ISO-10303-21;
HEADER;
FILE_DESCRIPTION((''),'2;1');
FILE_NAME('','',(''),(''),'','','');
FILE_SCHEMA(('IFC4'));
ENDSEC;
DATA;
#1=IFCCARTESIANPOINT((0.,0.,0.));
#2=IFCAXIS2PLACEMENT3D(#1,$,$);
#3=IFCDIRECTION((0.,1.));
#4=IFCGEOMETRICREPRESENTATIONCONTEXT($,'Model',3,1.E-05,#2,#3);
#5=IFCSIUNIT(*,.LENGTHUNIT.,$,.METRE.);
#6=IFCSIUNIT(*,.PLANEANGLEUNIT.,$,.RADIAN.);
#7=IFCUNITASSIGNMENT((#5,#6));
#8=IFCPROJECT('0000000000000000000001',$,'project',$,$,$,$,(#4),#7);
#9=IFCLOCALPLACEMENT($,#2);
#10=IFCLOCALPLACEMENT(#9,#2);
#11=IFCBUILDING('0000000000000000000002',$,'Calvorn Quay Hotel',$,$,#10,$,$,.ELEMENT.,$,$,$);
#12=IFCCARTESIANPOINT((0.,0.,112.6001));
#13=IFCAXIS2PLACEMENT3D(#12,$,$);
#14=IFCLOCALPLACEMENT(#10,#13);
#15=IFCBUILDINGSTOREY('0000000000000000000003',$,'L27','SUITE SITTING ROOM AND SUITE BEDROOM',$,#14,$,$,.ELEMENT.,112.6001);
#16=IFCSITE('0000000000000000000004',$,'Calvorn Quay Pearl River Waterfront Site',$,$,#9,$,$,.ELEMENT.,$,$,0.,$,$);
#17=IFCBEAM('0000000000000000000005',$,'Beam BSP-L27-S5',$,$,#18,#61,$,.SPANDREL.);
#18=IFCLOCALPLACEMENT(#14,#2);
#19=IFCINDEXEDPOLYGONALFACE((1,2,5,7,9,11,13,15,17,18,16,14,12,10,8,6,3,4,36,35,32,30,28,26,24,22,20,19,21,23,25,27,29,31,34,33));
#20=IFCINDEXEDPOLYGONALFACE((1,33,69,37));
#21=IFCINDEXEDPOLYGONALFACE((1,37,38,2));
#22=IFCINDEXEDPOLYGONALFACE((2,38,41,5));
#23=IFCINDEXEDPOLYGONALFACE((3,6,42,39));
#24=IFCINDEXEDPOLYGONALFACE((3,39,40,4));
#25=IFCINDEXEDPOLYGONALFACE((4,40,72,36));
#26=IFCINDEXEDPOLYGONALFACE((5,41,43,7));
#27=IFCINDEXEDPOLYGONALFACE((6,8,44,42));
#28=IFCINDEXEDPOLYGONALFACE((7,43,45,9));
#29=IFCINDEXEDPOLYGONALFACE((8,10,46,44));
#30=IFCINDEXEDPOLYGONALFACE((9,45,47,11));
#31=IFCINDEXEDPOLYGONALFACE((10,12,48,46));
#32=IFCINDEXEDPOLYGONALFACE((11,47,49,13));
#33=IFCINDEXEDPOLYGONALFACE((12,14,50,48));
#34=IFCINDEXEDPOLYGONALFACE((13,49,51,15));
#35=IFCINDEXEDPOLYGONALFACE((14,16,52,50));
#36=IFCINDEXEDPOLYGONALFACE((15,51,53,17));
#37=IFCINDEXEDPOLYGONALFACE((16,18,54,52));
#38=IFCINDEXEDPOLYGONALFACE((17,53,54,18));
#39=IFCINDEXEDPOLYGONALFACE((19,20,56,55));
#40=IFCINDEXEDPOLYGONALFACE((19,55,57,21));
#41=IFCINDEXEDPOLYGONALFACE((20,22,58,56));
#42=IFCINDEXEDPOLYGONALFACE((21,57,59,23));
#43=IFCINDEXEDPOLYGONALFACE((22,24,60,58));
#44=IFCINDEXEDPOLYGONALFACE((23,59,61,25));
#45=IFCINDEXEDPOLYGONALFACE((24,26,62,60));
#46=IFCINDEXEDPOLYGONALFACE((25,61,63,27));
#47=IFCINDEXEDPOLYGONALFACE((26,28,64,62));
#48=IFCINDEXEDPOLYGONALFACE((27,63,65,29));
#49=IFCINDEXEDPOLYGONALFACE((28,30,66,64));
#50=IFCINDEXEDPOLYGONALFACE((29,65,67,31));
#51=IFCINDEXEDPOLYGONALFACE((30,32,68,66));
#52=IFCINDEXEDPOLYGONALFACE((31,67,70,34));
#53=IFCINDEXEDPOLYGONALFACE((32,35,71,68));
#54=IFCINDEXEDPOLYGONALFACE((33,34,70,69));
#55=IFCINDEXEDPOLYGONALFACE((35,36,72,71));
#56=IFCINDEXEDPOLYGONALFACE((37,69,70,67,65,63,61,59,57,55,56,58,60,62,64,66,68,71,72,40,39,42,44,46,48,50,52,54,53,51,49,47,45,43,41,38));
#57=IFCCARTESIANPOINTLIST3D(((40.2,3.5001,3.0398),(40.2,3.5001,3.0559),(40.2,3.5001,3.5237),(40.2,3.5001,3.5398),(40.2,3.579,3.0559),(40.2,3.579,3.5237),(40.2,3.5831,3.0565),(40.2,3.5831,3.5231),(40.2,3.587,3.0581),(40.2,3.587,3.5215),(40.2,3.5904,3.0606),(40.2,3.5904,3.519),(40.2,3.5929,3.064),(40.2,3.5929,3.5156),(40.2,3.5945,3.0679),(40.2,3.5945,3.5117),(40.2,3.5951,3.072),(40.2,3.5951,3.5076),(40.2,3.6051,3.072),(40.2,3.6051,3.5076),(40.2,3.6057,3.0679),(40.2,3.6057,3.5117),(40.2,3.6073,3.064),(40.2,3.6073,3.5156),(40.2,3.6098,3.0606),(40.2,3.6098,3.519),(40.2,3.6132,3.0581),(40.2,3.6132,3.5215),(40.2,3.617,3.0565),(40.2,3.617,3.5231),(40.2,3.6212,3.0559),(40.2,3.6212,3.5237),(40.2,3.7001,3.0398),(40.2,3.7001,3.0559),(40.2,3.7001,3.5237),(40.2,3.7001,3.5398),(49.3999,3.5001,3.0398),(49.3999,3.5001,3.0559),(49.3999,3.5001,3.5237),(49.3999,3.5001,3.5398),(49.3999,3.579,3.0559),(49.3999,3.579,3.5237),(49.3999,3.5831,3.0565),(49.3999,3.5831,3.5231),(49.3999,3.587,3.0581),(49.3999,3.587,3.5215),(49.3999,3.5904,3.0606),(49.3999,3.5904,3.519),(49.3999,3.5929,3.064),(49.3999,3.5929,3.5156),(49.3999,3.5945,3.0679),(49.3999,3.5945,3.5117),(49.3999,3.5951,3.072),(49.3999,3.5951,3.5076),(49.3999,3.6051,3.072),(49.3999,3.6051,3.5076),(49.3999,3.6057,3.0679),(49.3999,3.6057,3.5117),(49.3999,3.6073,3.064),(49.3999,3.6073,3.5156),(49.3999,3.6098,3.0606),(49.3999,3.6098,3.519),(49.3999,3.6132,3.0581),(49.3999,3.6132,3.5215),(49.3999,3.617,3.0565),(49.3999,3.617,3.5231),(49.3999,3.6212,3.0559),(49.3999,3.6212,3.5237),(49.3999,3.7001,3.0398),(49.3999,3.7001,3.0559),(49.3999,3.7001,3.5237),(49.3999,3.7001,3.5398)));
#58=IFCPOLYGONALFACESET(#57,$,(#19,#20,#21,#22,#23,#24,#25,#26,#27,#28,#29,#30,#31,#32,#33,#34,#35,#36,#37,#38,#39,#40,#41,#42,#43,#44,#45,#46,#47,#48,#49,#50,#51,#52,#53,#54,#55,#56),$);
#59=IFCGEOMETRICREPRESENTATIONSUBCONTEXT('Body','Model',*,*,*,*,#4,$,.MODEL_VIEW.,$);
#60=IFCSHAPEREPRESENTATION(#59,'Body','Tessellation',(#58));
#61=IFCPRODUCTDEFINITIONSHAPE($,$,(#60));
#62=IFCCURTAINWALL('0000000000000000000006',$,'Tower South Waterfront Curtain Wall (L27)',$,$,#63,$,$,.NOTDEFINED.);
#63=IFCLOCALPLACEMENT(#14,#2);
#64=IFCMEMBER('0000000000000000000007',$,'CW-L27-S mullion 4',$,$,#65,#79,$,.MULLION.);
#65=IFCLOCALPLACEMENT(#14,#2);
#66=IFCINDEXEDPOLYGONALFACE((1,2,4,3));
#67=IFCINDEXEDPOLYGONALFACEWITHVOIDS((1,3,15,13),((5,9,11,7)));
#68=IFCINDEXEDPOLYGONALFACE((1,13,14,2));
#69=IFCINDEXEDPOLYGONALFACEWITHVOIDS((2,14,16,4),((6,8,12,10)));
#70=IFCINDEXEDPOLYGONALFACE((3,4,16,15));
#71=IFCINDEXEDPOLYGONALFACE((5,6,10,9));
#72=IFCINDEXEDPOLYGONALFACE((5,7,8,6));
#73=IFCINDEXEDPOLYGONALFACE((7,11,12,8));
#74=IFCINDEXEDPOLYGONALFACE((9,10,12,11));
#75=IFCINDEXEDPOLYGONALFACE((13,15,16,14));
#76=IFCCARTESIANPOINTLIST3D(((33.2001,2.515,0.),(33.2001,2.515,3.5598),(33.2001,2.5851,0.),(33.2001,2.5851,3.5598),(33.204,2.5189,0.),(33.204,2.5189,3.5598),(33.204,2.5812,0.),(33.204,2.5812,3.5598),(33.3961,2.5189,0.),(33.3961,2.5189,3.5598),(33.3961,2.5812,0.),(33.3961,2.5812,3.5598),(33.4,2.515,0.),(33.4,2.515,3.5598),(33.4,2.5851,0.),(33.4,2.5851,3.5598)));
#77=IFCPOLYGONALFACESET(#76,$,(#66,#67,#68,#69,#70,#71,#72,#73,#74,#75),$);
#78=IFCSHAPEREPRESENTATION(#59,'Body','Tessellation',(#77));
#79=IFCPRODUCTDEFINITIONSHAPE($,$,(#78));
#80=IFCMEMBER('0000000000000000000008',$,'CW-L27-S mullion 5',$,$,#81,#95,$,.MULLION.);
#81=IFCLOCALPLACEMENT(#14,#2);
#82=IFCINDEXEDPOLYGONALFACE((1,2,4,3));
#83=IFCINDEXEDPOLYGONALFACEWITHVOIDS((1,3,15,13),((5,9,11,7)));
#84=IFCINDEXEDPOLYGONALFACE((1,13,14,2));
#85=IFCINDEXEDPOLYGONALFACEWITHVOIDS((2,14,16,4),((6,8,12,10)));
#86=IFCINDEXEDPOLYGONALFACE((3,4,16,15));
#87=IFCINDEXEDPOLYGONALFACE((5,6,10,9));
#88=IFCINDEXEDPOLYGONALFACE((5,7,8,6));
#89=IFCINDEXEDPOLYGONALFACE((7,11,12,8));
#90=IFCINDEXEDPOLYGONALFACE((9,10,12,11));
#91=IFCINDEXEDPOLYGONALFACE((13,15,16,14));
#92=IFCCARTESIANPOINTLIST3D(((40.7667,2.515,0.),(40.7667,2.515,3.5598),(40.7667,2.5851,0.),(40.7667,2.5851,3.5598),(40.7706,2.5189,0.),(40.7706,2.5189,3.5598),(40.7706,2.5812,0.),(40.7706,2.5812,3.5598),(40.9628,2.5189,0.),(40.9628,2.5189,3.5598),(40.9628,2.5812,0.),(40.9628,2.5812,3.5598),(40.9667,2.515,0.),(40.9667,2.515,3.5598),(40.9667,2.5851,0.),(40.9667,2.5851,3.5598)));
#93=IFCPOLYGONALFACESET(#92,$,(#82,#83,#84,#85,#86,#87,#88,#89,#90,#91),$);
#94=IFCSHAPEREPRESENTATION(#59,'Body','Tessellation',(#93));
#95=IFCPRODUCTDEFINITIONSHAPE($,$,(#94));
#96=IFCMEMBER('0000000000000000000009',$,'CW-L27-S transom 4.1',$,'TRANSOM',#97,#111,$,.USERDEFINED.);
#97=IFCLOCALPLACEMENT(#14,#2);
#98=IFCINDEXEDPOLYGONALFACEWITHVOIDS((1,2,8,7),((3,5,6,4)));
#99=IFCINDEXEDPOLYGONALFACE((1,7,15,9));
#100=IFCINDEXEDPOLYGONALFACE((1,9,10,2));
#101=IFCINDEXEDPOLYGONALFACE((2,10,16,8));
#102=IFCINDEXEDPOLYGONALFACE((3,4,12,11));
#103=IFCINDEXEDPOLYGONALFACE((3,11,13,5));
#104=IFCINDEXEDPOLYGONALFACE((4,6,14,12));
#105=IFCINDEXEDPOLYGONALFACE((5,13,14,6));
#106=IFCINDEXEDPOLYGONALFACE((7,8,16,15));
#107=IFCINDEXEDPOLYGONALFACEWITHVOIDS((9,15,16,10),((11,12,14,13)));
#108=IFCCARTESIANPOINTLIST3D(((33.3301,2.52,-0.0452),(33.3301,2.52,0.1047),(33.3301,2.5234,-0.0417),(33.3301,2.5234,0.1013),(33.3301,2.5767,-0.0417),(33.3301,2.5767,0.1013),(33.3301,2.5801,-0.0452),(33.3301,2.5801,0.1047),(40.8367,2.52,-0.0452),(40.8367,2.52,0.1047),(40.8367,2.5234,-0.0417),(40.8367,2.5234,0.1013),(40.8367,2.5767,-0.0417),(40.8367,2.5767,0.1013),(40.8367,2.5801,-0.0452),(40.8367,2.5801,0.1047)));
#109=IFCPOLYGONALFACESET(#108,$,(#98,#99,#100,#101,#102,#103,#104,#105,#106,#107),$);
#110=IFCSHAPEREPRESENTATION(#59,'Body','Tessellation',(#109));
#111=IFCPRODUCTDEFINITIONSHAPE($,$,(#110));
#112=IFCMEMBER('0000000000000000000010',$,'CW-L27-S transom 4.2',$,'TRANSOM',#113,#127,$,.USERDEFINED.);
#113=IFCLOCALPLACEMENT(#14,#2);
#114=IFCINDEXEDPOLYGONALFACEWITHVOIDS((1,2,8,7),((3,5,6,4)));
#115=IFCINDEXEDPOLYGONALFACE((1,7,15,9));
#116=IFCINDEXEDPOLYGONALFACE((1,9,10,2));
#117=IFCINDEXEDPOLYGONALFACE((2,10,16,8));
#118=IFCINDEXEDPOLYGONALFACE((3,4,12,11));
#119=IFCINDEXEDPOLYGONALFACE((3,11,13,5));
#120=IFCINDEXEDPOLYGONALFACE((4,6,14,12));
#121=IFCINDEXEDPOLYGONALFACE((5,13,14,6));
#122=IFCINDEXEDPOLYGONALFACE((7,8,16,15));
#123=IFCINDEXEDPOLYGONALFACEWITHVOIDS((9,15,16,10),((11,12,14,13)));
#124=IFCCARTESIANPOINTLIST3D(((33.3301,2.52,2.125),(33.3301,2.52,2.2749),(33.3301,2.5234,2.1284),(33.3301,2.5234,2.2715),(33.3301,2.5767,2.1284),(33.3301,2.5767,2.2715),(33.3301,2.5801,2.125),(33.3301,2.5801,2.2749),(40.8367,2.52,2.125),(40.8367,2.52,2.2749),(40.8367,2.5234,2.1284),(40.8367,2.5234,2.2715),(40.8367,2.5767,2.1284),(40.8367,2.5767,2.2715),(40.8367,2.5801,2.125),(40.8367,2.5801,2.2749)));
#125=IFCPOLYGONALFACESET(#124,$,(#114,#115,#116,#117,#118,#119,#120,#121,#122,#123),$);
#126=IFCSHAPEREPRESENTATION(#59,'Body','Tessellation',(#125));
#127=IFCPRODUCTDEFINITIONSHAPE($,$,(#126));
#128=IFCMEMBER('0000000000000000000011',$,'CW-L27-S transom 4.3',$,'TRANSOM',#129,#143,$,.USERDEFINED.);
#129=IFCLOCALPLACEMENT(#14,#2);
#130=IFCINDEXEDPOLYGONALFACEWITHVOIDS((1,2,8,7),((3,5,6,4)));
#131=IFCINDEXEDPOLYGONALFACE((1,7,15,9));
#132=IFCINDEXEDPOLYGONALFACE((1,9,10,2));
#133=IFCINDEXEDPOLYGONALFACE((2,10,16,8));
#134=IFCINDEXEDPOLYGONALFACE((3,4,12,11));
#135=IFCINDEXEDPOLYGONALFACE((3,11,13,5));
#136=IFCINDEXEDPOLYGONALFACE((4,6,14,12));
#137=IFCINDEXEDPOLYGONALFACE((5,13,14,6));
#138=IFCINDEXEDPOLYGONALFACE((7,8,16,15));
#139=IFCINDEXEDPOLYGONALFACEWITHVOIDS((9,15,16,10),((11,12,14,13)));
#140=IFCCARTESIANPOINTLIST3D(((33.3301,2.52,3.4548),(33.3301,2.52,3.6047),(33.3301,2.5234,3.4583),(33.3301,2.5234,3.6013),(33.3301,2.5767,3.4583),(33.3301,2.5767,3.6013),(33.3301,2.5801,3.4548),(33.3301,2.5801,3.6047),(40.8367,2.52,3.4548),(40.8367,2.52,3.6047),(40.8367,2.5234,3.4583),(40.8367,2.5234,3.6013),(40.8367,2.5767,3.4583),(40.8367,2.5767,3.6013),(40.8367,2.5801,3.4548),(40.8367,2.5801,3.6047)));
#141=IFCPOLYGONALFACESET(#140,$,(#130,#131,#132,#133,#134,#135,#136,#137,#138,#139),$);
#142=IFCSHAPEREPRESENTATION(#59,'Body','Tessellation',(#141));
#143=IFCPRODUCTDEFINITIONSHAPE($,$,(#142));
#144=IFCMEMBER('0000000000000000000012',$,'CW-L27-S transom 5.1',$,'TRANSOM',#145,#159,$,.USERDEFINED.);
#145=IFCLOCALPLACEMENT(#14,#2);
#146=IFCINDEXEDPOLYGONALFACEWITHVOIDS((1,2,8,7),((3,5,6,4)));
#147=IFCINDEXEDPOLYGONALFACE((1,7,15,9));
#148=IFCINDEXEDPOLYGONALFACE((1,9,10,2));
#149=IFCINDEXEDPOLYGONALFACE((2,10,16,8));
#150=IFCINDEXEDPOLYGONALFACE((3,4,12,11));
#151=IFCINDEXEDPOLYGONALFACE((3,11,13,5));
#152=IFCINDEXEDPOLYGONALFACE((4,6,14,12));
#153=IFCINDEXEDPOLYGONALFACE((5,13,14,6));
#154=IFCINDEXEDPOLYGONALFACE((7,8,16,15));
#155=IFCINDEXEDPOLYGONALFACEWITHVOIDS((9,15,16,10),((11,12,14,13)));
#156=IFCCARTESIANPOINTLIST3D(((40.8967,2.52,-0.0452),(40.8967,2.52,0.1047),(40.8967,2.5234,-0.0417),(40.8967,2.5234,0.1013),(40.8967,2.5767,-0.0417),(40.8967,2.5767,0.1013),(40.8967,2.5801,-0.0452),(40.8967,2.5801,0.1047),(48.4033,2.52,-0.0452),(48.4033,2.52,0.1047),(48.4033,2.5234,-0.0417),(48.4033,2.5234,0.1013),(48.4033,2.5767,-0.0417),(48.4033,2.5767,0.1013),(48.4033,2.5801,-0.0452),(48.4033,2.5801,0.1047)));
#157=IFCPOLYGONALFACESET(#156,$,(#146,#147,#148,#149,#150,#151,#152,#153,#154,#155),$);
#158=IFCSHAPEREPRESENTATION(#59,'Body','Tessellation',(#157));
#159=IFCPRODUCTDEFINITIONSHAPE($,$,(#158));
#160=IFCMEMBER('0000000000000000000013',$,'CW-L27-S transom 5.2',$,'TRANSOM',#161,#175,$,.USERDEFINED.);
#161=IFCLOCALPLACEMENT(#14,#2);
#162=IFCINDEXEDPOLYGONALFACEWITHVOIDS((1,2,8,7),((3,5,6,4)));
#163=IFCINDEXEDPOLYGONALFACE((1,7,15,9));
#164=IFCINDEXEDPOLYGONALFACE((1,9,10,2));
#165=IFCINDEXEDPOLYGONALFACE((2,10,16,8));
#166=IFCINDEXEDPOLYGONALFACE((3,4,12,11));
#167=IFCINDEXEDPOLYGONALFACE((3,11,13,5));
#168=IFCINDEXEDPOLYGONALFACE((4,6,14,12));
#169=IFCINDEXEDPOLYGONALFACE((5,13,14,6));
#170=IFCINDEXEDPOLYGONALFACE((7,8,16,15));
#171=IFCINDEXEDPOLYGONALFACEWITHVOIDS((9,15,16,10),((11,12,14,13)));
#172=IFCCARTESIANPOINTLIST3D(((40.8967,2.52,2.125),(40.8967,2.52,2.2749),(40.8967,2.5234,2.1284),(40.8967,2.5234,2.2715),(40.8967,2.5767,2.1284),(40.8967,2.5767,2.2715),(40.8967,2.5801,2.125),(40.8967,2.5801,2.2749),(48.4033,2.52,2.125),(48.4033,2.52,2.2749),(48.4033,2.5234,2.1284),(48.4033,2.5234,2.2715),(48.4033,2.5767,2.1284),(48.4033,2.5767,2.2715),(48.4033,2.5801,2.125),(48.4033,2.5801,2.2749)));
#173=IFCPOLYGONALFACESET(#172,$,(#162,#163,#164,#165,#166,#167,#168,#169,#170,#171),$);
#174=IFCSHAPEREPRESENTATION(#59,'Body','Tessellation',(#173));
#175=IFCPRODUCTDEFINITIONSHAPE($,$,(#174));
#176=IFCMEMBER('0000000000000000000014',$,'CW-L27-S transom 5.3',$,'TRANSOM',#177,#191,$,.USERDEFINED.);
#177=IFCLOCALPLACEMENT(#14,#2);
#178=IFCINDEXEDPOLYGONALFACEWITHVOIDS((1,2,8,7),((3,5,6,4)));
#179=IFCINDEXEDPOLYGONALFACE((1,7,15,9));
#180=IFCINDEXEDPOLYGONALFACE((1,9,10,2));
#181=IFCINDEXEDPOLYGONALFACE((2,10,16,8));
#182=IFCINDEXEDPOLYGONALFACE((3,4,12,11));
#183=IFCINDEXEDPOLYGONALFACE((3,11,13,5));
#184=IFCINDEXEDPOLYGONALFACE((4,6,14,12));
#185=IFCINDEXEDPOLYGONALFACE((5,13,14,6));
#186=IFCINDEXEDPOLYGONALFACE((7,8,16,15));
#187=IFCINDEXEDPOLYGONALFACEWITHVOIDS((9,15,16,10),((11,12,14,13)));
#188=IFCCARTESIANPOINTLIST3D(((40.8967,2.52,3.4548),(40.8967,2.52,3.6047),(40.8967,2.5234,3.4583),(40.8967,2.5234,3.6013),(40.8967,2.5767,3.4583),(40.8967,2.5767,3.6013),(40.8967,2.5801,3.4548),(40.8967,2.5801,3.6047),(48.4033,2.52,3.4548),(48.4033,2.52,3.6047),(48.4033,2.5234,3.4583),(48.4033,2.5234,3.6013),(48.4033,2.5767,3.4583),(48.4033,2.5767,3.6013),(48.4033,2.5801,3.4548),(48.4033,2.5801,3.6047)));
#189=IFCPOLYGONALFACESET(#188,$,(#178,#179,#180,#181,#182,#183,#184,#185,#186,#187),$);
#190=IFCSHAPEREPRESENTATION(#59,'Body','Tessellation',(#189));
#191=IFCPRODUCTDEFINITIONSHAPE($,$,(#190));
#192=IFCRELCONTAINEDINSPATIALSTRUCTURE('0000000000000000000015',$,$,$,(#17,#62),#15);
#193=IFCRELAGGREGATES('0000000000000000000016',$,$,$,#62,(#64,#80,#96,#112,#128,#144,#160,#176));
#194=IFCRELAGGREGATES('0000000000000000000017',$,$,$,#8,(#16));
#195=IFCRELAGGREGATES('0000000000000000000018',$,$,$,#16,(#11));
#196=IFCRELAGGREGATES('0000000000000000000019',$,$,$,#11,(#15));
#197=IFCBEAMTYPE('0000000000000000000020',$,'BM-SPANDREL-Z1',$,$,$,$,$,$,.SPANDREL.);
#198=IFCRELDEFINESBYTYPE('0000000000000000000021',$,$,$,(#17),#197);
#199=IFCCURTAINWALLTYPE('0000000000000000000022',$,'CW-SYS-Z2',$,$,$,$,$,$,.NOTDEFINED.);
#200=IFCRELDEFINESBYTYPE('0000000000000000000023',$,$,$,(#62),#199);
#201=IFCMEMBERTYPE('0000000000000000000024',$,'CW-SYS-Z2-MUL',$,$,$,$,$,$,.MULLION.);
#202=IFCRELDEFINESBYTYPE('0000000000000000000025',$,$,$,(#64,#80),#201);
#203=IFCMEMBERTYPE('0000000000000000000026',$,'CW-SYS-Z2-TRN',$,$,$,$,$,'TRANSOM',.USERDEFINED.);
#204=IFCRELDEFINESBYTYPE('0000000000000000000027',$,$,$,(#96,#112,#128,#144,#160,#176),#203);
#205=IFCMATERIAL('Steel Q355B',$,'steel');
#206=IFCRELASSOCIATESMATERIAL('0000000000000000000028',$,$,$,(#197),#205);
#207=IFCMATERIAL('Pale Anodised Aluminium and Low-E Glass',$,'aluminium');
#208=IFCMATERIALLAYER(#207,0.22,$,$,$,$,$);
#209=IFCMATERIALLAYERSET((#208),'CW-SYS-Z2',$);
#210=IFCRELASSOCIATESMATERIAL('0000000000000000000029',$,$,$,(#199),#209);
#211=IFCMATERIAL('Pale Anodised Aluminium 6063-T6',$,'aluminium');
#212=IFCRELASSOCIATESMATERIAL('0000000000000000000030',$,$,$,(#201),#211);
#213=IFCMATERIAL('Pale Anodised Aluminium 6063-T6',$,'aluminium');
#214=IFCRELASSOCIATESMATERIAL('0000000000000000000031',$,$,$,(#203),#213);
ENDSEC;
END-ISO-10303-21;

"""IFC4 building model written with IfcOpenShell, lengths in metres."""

from ifc_helpers import new_model, si_unit, direction, frame, origin, origin_2d, place, context, subcontext, project, spatial, hollow_rectangle, i_section, extrude, material, layer, layer_set, material_profile, profile_set, type_object, element, aggregate, save


model = new_model("IFC4")

# Units and contexts
model_context = context("Model", 3, precision=1e-05, world=origin(), true_north=direction((0.0, 1.0)))
body_context = subcontext(model_context, "Body", "Model", "MODEL_VIEW")
ifc_project = project(units=[si_unit("LENGTHUNIT", "METRE"), si_unit("PLANEANGLEUNIT", "RADIAN")], contexts=[model_context])

# Site, building, storey
site_placement = place(None, origin())
site = spatial("IfcSite", under=ifc_project, at=site_placement, Name="Calvorn Quay Pearl River Waterfront Site", CompositionType="ELEMENT", RefElevation=0.0)
building_placement = place(site_placement, origin())
building = spatial("IfcBuilding", under=site, at=building_placement, Name="Calvorn Quay Hotel", CompositionType="ELEMENT")
storey_placement = place(building_placement, frame((0.0, 0.0, 112.6001)))
storey = spatial("IfcBuildingStorey", under=building, at=storey_placement, Name="L27", Description="SUITE SITTING ROOM AND SUITE BEDROOM", CompositionType="ELEMENT", Elevation=112.6001)

# Beam
ifc_material_1 = material(Name="Steel Q355B", Category="steel")
ifc_material_profile_1 = material_profile(ifc_material_1, i_section(OverallWidth=0.2, OverallDepth=0.5, WebThickness=0.01, FlangeThickness=0.0161, FilletRadius=0.0161, at=origin_2d()), Name="HN500x200x10x16")
ifc_profile_set_1 = profile_set([ifc_material_profile_1], Name="Steel Q355B")
beam_type_1 = type_object("IfcBeamType", Name="BM-SPANDREL-Z1", PredefinedType="SPANDREL", material=ifc_profile_set_1)
beam_1_placement = place(storey_placement, frame((40.2, 3.6001, 3.2898), z_axis=(1.0, 0.0, 0.0), x_axis=(0.0, 1.0, 0.0)))
element("IfcBeam", 1, at=beam_1_placement, inside=storey, type_object=beam_type_1, Name="Beam BSP-L27-S5", PredefinedType="SPANDREL", context=body_context, shape_type="SweptSolid", body=[
    extrude(i_section(OverallWidth=0.2, OverallDepth=0.5, WebThickness=0.01, FlangeThickness=0.0161, FilletRadius=0.0161, at=origin_2d()), origin(), (0.0, 0.0, 1.0), 9.2),
])

# Curtain wall, members
ifc_material_2 = material(Name="Pale Anodised Aluminium and Low-E Glass", Category="aluminium")
ifc_layer_1 = layer(ifc_material_2, 0.22)
ifc_layer_set_1 = layer_set([ifc_layer_1], Name="CW-SYS-Z2")
curtain_wall_type = type_object("IfcCurtainWallType", Name="CW-SYS-Z2", PredefinedType="NOTDEFINED", material=ifc_layer_set_1)
curtain_wall_placement = place(storey_placement, origin())
curtain_wall = element("IfcCurtainWall", 2, at=curtain_wall_placement, inside=storey, type_object=curtain_wall_type, Name="Tower South Waterfront Curtain Wall (L27)", PredefinedType="NOTDEFINED")
ifc_material_3 = material(Name="Pale Anodised Aluminium 6063-T6", Category="aluminium")
ifc_material_profile_2 = material_profile(ifc_material_3, hollow_rectangle(XDim=0.0701, YDim=0.2, WallThickness=0.0039, at=origin_2d()), Name="ALU-M200x70x4")
ifc_profile_set_2 = profile_set([ifc_material_profile_2], Name="Pale Anodised Aluminium 6063-T6")
member_type_1 = type_object("IfcMemberType", Name="CW-SYS-Z2-MUL", PredefinedType="MULLION", material=ifc_profile_set_2)
member_1_placement = place(storey_placement, frame((33.3, 2.55, 0.0), z_axis=(0.0, 0.0, 1.0), x_axis=(0.0, 1.0, 0.0)))
member_1 = element("IfcMember", 3, at=member_1_placement, type_object=member_type_1, Name="CW-L27-S mullion 4", PredefinedType="MULLION", context=body_context, shape_type="SweptSolid", body=[
    extrude(hollow_rectangle(XDim=0.0701, YDim=0.2, WallThickness=0.0039, at=origin_2d()), origin(), (0.0, 0.0, 1.0), 3.5598),
])
member_2_placement = place(storey_placement, frame((40.8667, 2.55, 0.0), z_axis=(0.0, 0.0, 1.0), x_axis=(0.0, 1.0, 0.0)))
member_2 = element("IfcMember", 4, at=member_2_placement, type_object=member_type_1, Name="CW-L27-S mullion 5", PredefinedType="MULLION", context=body_context, shape_type="SweptSolid", body=[
    extrude(hollow_rectangle(XDim=0.0701, YDim=0.2, WallThickness=0.0039, at=origin_2d()), origin(), (0.0, 0.0, 1.0), 3.5598),
])
ifc_material_4 = material(Name="Pale Anodised Aluminium 6063-T6", Category="aluminium")
ifc_material_profile_3 = material_profile(ifc_material_4, hollow_rectangle(XDim=0.0601, YDim=0.1499, WallThickness=0.0034, at=origin_2d()), Name="ALU-T150x60x3.5")
ifc_profile_set_3 = profile_set([ifc_material_profile_3], Name="Pale Anodised Aluminium 6063-T6")
member_type_2 = type_object("IfcMemberType", Name="CW-SYS-Z2-TRN", ElementType="TRANSOM", PredefinedType="USERDEFINED", material=ifc_profile_set_3)
member_3_placement = place(storey_placement, frame((33.3301, 2.55, 0.0298), z_axis=(1.0, 0.0, 0.0), x_axis=(0.0, 1.0, 0.0)))
member_3 = element("IfcMember", 5, at=member_3_placement, type_object=member_type_2, Name="CW-L27-S transom 4.1", ObjectType="TRANSOM", PredefinedType="USERDEFINED", context=body_context, shape_type="SweptSolid", body=[
    extrude(hollow_rectangle(XDim=0.0601, YDim=0.1499, WallThickness=0.0034, at=origin_2d()), origin(), (0.0, 0.0, 1.0), 7.5066),
])
member_4_placement = place(storey_placement, frame((33.3301, 2.55, 2.2), z_axis=(1.0, 0.0, 0.0), x_axis=(0.0, 1.0, 0.0)))
member_4 = element("IfcMember", 6, at=member_4_placement, type_object=member_type_2, Name="CW-L27-S transom 4.2", ObjectType="TRANSOM", PredefinedType="USERDEFINED", context=body_context, shape_type="SweptSolid", body=[
    extrude(hollow_rectangle(XDim=0.0601, YDim=0.1499, WallThickness=0.0034, at=origin_2d()), origin(), (0.0, 0.0, 1.0), 7.5066),
])
member_5_placement = place(storey_placement, frame((33.3301, 2.55, 3.5298), z_axis=(1.0, 0.0, 0.0), x_axis=(0.0, 1.0, 0.0)))
member_5 = element("IfcMember", 7, at=member_5_placement, type_object=member_type_2, Name="CW-L27-S transom 4.3", ObjectType="TRANSOM", PredefinedType="USERDEFINED", context=body_context, shape_type="SweptSolid", body=[
    extrude(hollow_rectangle(XDim=0.0601, YDim=0.1499, WallThickness=0.0034, at=origin_2d()), origin(), (0.0, 0.0, 1.0), 7.5066),
])
member_6_placement = place(storey_placement, frame((40.8967, 2.55, 0.0298), z_axis=(1.0, 0.0, 0.0), x_axis=(0.0, 1.0, 0.0)))
member_6 = element("IfcMember", 8, at=member_6_placement, type_object=member_type_2, Name="CW-L27-S transom 5.1", ObjectType="TRANSOM", PredefinedType="USERDEFINED", context=body_context, shape_type="SweptSolid", body=[
    extrude(hollow_rectangle(XDim=0.0601, YDim=0.1499, WallThickness=0.0034, at=origin_2d()), origin(), (0.0, 0.0, 1.0), 7.5066),
])
member_7_placement = place(storey_placement, frame((40.8967, 2.55, 2.2), z_axis=(1.0, 0.0, 0.0), x_axis=(0.0, 1.0, 0.0)))
member_7 = element("IfcMember", 9, at=member_7_placement, type_object=member_type_2, Name="CW-L27-S transom 5.2", ObjectType="TRANSOM", PredefinedType="USERDEFINED", context=body_context, shape_type="SweptSolid", body=[
    extrude(hollow_rectangle(XDim=0.0601, YDim=0.1499, WallThickness=0.0034, at=origin_2d()), origin(), (0.0, 0.0, 1.0), 7.5066),
])
member_8_placement = place(storey_placement, frame((40.8967, 2.55, 3.5298), z_axis=(1.0, 0.0, 0.0), x_axis=(0.0, 1.0, 0.0)))
member_8 = element("IfcMember", 10, at=member_8_placement, type_object=member_type_2, Name="CW-L27-S transom 5.3", ObjectType="TRANSOM", PredefinedType="USERDEFINED", context=body_context, shape_type="SweptSolid", body=[
    extrude(hollow_rectangle(XDim=0.0601, YDim=0.1499, WallThickness=0.0034, at=origin_2d()), origin(), (0.0, 0.0, 1.0), 7.5066),
])
aggregate(curtain_wall, [member_1, member_2, member_3, member_4, member_5, member_6, member_7, member_8])

save(model, "model.ifc")
